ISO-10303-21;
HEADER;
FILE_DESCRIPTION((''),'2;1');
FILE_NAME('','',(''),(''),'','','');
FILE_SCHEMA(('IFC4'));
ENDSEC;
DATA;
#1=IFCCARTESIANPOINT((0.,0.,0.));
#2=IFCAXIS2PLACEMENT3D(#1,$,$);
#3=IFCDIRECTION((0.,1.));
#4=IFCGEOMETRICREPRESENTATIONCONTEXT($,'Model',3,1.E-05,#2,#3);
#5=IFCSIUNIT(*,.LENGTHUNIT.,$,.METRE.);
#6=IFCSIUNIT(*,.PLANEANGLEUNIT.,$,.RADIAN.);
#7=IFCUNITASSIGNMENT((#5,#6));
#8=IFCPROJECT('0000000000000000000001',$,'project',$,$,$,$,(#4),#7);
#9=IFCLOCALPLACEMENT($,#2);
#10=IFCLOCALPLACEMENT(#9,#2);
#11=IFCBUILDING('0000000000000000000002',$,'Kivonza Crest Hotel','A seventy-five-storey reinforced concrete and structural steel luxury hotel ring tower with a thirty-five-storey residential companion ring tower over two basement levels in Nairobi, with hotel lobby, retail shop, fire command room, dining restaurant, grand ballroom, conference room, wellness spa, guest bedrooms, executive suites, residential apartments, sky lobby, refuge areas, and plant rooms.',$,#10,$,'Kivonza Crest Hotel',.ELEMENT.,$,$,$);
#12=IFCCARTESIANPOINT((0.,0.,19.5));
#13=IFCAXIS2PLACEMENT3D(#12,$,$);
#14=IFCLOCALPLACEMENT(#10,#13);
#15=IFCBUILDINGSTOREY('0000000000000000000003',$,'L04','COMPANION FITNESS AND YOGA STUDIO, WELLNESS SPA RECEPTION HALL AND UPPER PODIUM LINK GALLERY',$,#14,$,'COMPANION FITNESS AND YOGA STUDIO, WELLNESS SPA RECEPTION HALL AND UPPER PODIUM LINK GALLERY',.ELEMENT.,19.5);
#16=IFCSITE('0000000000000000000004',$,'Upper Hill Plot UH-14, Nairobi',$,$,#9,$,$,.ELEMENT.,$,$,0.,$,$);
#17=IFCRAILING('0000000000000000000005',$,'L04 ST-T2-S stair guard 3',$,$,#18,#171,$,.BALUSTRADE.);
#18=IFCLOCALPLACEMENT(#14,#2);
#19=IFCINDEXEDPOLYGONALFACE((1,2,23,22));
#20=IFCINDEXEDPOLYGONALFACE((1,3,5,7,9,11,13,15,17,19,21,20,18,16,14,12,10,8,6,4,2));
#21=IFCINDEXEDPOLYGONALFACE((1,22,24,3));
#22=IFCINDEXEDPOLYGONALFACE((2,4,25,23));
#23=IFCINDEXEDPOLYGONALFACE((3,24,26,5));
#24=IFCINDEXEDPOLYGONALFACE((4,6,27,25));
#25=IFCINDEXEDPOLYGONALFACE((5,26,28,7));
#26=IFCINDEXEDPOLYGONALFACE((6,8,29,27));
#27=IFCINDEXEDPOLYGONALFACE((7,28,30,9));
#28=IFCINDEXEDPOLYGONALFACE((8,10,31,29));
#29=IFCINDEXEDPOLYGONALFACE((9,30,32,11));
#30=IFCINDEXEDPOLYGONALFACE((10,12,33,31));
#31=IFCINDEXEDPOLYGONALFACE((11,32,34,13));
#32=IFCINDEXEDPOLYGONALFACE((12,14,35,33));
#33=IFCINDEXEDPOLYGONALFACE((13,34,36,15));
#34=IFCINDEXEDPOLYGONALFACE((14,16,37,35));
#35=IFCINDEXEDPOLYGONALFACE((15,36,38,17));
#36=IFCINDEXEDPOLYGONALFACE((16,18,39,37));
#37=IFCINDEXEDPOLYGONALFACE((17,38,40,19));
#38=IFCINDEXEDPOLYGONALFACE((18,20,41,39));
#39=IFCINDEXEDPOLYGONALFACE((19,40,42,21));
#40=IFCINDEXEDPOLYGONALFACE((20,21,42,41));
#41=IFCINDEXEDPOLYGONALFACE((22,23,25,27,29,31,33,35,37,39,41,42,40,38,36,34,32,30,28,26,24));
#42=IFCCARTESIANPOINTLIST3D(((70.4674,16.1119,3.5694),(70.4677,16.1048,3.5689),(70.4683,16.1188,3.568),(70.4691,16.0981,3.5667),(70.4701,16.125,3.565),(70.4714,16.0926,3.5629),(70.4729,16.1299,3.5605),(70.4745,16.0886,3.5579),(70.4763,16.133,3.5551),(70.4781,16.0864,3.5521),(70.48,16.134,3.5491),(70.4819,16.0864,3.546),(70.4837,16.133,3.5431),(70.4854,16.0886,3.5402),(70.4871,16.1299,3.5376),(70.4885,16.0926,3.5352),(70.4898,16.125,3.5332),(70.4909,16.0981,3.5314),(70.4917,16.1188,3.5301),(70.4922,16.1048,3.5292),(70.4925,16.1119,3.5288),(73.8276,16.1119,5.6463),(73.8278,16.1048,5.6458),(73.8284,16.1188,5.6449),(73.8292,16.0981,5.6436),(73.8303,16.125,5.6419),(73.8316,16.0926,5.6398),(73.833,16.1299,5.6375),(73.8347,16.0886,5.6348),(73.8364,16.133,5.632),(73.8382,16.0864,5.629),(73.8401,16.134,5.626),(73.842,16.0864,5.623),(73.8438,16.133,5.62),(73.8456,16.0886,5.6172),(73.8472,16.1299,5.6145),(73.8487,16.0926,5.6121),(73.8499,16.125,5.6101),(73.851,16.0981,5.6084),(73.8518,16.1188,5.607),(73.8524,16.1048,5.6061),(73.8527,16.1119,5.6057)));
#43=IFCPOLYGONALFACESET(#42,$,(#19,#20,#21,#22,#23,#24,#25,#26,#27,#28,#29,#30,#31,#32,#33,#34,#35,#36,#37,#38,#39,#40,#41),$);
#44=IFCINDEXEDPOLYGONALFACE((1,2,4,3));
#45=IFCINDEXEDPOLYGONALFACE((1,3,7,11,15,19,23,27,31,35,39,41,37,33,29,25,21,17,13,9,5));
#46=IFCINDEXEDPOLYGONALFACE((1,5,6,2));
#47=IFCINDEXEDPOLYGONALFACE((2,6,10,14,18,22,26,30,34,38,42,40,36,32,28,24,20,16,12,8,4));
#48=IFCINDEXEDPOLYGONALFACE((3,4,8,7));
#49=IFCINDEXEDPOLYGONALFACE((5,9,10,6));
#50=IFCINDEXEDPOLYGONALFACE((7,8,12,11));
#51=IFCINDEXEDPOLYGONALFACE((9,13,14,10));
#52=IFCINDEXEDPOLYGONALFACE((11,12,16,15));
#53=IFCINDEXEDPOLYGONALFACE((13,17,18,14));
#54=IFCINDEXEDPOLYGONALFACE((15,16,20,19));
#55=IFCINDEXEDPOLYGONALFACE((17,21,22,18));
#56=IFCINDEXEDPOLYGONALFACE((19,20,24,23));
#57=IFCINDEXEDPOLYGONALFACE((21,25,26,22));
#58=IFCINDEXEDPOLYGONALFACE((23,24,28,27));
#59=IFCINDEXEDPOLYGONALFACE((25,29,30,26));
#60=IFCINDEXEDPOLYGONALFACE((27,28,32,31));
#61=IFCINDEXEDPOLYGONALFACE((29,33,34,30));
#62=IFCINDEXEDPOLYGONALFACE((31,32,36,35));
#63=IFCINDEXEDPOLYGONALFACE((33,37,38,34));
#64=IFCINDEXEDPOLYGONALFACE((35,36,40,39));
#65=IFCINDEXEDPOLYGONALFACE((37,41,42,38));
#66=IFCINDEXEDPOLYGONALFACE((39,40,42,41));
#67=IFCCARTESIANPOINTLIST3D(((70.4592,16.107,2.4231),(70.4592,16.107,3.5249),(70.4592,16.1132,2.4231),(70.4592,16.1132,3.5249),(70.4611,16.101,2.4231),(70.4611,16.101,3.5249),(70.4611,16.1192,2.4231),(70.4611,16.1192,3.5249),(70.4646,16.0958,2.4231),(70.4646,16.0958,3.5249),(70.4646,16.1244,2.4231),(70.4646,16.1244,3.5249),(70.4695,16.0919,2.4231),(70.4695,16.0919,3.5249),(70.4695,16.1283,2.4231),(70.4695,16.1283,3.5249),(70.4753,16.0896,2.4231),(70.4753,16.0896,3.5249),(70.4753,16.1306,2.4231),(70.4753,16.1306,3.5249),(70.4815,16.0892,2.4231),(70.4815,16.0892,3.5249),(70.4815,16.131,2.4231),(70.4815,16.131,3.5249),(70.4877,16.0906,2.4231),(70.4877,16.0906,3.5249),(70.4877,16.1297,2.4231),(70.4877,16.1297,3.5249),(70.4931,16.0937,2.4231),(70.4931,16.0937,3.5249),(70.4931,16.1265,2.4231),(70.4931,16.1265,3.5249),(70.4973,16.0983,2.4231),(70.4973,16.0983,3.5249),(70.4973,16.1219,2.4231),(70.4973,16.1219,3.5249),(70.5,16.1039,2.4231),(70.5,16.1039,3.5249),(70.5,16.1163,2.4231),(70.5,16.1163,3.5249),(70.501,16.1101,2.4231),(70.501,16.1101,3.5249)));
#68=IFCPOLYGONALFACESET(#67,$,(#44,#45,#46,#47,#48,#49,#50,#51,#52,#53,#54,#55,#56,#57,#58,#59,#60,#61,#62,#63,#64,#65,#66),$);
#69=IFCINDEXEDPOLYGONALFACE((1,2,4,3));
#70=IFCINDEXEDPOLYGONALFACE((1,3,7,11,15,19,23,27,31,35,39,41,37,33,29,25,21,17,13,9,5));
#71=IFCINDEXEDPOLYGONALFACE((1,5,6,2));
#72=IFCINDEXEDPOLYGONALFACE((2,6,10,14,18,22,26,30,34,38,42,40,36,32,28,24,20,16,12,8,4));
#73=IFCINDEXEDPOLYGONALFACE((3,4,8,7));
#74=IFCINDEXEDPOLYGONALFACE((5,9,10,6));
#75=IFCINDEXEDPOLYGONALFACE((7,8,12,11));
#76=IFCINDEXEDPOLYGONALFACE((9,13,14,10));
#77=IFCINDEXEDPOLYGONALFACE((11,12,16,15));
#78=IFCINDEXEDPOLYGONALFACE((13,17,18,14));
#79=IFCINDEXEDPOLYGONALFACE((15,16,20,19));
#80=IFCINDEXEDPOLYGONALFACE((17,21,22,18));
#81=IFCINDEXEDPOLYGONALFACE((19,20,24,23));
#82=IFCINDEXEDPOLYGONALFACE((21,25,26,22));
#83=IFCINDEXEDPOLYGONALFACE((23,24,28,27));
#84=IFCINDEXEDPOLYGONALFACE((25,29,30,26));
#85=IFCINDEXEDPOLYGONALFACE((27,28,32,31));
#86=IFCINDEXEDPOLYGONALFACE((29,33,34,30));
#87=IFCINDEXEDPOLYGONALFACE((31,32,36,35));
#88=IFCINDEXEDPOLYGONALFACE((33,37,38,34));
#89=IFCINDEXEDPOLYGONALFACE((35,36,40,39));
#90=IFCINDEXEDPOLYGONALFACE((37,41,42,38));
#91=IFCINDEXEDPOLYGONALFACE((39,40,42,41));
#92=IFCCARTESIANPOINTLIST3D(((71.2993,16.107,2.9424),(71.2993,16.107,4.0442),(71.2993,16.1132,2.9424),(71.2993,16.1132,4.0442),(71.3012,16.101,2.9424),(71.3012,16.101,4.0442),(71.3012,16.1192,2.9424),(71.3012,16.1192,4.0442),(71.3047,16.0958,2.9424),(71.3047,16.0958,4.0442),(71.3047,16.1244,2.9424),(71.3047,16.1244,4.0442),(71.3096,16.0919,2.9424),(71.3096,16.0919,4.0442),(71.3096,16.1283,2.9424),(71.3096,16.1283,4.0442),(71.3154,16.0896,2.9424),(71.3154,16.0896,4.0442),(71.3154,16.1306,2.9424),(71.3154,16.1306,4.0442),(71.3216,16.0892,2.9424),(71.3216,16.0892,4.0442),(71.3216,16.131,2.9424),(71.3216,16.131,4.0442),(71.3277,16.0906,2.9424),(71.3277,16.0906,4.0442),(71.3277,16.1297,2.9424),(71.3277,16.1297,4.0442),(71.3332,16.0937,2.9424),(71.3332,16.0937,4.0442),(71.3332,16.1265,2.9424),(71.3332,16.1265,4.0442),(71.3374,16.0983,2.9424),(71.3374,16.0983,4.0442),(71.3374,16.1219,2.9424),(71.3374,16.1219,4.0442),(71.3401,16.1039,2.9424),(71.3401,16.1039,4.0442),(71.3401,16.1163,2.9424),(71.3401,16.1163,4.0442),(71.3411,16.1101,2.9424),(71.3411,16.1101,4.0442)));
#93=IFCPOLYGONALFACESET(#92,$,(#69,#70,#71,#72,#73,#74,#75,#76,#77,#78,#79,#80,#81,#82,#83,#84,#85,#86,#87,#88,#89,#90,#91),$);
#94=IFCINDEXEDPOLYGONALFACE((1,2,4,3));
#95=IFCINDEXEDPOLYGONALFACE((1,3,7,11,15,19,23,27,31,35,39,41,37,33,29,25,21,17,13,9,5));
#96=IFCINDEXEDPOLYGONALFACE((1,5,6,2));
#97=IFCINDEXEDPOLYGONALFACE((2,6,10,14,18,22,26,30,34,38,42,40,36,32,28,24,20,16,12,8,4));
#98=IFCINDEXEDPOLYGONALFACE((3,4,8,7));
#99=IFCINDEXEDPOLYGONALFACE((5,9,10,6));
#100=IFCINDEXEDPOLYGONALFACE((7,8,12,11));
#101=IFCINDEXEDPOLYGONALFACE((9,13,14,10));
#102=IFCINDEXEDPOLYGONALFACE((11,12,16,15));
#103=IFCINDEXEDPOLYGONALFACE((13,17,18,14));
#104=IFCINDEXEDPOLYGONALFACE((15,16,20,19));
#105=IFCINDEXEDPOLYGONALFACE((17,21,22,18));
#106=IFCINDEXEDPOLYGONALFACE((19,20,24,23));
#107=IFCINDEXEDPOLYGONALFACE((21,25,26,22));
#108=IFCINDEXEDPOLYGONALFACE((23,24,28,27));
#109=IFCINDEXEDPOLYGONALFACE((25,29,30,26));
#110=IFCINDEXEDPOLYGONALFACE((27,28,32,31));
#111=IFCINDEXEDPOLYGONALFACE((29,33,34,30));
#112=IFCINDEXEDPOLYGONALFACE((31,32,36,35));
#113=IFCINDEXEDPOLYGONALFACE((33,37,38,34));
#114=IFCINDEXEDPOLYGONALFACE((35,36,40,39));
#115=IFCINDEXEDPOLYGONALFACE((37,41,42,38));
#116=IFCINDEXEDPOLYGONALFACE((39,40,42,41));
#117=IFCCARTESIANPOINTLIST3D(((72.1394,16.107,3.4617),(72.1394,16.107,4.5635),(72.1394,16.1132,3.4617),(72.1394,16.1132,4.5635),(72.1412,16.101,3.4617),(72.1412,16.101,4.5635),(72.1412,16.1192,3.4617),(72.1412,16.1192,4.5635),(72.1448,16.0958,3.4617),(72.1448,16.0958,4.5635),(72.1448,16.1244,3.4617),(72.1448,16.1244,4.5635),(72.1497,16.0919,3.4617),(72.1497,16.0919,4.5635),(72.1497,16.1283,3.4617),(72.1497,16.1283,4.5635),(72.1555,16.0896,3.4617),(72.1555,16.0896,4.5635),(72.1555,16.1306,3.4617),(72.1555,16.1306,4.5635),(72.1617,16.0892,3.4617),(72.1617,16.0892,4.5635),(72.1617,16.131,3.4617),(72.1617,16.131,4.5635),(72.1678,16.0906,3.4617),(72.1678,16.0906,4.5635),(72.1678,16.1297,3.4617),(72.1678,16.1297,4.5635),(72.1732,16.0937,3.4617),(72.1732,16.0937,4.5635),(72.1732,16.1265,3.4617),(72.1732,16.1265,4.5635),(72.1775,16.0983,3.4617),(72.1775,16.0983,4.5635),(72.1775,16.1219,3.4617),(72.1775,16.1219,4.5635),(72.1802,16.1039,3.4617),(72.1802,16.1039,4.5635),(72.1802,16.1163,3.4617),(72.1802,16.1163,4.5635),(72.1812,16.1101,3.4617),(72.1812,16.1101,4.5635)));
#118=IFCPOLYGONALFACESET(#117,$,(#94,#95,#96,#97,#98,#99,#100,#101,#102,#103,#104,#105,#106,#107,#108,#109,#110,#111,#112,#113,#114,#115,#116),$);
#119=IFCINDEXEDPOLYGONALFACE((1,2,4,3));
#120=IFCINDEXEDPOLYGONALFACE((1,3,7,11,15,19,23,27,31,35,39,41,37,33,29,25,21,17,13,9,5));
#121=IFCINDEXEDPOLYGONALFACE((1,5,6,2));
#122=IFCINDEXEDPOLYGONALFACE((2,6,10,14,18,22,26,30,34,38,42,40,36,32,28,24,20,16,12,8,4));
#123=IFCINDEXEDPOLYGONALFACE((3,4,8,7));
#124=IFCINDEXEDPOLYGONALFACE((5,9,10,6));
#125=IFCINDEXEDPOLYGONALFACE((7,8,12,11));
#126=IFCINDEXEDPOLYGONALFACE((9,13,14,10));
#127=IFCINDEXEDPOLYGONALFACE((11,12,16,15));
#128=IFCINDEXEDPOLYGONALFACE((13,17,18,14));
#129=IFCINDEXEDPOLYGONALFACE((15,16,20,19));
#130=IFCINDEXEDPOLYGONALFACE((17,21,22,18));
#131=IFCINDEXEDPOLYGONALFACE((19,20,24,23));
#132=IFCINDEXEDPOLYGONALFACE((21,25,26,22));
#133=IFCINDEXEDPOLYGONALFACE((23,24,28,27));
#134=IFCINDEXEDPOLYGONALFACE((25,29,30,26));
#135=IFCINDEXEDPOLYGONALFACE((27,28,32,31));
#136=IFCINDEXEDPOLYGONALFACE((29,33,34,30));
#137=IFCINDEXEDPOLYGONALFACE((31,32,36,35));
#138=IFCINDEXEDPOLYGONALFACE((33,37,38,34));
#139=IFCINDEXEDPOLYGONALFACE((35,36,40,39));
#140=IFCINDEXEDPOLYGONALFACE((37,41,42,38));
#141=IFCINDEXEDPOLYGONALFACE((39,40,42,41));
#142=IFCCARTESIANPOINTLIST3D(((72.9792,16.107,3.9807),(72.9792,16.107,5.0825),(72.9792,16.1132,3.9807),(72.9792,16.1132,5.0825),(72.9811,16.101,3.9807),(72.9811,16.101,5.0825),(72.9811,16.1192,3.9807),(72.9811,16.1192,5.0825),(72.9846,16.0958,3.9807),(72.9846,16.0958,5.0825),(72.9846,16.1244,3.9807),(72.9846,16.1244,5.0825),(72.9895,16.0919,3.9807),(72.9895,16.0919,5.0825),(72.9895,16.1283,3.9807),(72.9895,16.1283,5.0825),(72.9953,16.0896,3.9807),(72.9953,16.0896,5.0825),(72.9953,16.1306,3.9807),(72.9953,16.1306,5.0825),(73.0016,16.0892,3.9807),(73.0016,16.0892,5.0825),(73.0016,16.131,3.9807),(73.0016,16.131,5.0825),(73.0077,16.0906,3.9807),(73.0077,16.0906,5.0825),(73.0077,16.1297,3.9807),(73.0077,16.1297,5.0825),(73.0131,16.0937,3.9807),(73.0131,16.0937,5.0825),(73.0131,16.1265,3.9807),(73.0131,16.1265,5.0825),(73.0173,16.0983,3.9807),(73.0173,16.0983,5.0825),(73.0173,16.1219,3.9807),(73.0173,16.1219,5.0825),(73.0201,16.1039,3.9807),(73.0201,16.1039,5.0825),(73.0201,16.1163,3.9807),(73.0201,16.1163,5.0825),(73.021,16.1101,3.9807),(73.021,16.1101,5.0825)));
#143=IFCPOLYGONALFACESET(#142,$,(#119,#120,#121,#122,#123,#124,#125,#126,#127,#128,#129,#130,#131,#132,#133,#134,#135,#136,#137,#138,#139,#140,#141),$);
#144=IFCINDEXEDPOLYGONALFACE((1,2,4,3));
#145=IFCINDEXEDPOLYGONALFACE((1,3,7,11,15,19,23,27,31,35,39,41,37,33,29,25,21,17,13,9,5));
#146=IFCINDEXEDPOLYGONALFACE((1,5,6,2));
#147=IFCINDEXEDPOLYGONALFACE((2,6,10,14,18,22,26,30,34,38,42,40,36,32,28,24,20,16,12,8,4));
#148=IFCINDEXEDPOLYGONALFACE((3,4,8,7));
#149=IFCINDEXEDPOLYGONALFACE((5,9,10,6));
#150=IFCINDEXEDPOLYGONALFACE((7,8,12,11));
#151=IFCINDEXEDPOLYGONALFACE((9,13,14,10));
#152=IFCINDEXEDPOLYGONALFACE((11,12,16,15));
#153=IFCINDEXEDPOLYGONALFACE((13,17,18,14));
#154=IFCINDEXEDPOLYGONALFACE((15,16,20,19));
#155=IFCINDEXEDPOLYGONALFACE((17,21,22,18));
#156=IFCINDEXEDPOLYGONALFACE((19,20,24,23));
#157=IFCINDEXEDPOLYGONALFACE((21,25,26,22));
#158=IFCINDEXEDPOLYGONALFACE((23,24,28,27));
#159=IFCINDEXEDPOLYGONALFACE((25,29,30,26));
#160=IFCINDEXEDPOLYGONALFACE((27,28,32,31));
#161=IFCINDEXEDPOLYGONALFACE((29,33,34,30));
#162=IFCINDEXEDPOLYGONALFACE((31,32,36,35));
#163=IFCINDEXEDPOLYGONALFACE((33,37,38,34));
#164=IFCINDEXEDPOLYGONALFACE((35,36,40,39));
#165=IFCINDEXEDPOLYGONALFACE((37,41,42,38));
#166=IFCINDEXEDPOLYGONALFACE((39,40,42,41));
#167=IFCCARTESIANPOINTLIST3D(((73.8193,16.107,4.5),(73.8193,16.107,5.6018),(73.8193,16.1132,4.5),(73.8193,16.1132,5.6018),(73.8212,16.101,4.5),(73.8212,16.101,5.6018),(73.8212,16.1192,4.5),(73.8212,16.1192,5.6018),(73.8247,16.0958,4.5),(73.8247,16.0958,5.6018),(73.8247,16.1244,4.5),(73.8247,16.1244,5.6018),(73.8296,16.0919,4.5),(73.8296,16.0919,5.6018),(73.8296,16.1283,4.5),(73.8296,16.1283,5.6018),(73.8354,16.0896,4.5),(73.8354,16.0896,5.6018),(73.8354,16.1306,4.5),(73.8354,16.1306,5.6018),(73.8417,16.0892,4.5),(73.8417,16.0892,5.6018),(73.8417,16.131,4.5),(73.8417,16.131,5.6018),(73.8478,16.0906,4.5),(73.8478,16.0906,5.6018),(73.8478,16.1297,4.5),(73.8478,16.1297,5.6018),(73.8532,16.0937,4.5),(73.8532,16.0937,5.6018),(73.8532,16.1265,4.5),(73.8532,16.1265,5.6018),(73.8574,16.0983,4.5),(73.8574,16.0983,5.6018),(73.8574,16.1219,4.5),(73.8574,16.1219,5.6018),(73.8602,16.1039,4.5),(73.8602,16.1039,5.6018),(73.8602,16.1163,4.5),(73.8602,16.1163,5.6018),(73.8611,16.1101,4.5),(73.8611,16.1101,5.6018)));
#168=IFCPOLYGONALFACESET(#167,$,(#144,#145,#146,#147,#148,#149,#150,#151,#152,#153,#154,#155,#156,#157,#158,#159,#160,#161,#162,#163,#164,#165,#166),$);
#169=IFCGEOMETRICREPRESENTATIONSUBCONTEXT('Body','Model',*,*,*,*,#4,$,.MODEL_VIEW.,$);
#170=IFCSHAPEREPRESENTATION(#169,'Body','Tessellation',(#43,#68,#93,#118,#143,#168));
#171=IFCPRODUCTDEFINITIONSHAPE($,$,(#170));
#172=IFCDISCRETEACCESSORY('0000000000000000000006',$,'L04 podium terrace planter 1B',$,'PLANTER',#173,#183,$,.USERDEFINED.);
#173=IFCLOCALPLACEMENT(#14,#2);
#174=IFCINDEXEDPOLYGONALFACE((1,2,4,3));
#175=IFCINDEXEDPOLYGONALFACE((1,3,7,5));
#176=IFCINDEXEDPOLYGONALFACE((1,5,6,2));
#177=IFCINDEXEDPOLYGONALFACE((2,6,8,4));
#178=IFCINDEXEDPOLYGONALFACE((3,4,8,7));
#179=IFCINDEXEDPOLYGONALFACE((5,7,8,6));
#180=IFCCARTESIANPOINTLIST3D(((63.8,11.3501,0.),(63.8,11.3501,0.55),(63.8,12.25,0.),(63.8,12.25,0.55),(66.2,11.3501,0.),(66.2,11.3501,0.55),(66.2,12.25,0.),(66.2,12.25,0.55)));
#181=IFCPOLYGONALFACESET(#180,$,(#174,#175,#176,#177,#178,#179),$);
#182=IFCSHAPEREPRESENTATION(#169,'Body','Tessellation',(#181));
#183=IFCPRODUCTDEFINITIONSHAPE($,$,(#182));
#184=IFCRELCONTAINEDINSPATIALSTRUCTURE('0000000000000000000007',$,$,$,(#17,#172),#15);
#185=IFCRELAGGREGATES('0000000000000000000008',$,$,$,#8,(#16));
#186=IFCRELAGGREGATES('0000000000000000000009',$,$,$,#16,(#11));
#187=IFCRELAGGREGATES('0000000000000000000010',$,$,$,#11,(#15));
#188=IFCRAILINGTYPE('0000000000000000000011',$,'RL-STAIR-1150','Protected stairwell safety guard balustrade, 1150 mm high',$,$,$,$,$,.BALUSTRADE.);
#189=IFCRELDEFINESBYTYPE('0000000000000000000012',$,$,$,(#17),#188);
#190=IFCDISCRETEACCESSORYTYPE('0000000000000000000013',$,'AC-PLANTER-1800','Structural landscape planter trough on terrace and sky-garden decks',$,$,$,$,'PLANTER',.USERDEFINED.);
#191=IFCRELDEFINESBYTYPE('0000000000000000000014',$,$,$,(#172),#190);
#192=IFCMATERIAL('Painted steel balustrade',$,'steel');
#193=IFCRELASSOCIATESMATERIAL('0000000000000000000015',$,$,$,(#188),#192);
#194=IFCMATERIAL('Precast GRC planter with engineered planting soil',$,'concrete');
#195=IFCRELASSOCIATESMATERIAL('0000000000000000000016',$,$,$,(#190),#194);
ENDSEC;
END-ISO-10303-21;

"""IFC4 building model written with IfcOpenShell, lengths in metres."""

from ifc_helpers import new_model, si_unit, direction, frame, origin, origin_2d, place, context, subcontext, project, spatial, rectangle, circle, extrude, material, type_object, element, save


model = new_model("IFC4")

# Units and contexts
model_context = context("Model", 3, precision=1e-05, world=origin(), true_north=direction((0.0, 1.0)))
body_context = subcontext(model_context, "Body", "Model", "MODEL_VIEW")
ifc_project = project(units=[si_unit("LENGTHUNIT", "METRE"), si_unit("PLANEANGLEUNIT", "RADIAN")], contexts=[model_context])

# Site, building, storey
site_placement = place(None, origin())
site = spatial("IfcSite", under=ifc_project, at=site_placement, Name="Upper Hill Plot UH-14, Nairobi", CompositionType="ELEMENT", RefElevation=0.0)
building_placement = place(site_placement, origin())
building = spatial("IfcBuilding", under=site, at=building_placement, Name="Kivonza Crest Hotel", Description="A seventy-five-storey reinforced concrete and structural steel luxury hotel ring tower with a thirty-five-storey residential companion ring tower over two basement levels in Nairobi, with hotel lobby, retail shop, fire command room, dining restaurant, grand ballroom, conference room, wellness spa, guest bedrooms, executive suites, residential apartments, sky lobby, refuge areas, and plant rooms.", LongName="Kivonza Crest Hotel", CompositionType="ELEMENT")
storey_placement = place(building_placement, frame((0.0, 0.0, 19.5)))
storey = spatial("IfcBuildingStorey", under=building, at=storey_placement, Name="L04", Description="COMPANION FITNESS AND YOGA STUDIO, WELLNESS SPA RECEPTION HALL AND UPPER PODIUM LINK GALLERY", LongName="COMPANION FITNESS AND YOGA STUDIO, WELLNESS SPA RECEPTION HALL AND UPPER PODIUM LINK GALLERY", CompositionType="ELEMENT", Elevation=19.5)

# Railing
ifc_material_1 = material(Name="Painted steel balustrade", Category="steel")
railing_type_1 = type_object("IfcRailingType", Name="RL-STAIR-1150", Description="Protected stairwell safety guard balustrade, 1150 mm high", PredefinedType="BALUSTRADE", material=ifc_material_1)
railing_1_placement = place(storey_placement, frame((70.48, 16.1101, 2.4231)))
element("IfcRailing", 1, at=railing_1_placement, inside=storey, type_object=railing_type_1, Name="L04 ST-T2-S stair guard 3", PredefinedType="BALUSTRADE", context=body_context, shape_type="SweptSolid", body=[
    extrude(circle(Radius=0.0239, at=origin_2d()), frame((0.0, 0.0, 1.126), z_axis=(0.850623, 0.0, 0.525776), x_axis=(0.0, 1.0, 0.0)), (0.0, 0.0, 1.0), 3.9502),
    extrude(circle(Radius=0.021, at=origin_2d()), origin(), (0.0, 0.0, 1.0), 1.1018),
    extrude(circle(Radius=0.021, at=origin_2d()), frame((0.8401, 0.0, 0.5193)), (0.0, 0.0, 1.0), 1.1018),
    extrude(circle(Radius=0.021, at=origin_2d()), frame((1.6802, 0.0, 1.0386)), (0.0, 0.0, 1.0), 1.1018),
    extrude(circle(Radius=0.021, at=origin_2d()), frame((2.52, 0.0, 1.5576)), (0.0, 0.0, 1.0), 1.1018),
    extrude(circle(Radius=0.021, at=origin_2d()), frame((3.3601, 0.0, 2.0769)), (0.0, 0.0, 1.0), 1.1018),
])

# Discrete accessory
ifc_material_2 = material(Name="Precast GRC planter with engineered planting soil", Category="concrete")
discrete_accessory_type = type_object("IfcDiscreteAccessoryType", Name="AC-PLANTER-1800", Description="Structural landscape planter trough on terrace and sky-garden decks", ElementType="PLANTER", PredefinedType="USERDEFINED", material=ifc_material_2)
discrete_accessory_placement = place(storey_placement, frame((65.0, 11.8, 0.0), z_axis=(0.0, 0.0, 1.0), x_axis=(1.0, 0.0, 0.0)))
element("IfcDiscreteAccessory", 2, at=discrete_accessory_placement, inside=storey, type_object=discrete_accessory_type, Name="L04 podium terrace planter 1B", ObjectType="PLANTER", PredefinedType="USERDEFINED", context=body_context, shape_type="SweptSolid", body=[
    extrude(rectangle(XDim=2.3999, YDim=0.8999, at=origin_2d()), origin(), (0.0, 0.0, 1.0), 0.55),
])

save(model, "model.ifc")
